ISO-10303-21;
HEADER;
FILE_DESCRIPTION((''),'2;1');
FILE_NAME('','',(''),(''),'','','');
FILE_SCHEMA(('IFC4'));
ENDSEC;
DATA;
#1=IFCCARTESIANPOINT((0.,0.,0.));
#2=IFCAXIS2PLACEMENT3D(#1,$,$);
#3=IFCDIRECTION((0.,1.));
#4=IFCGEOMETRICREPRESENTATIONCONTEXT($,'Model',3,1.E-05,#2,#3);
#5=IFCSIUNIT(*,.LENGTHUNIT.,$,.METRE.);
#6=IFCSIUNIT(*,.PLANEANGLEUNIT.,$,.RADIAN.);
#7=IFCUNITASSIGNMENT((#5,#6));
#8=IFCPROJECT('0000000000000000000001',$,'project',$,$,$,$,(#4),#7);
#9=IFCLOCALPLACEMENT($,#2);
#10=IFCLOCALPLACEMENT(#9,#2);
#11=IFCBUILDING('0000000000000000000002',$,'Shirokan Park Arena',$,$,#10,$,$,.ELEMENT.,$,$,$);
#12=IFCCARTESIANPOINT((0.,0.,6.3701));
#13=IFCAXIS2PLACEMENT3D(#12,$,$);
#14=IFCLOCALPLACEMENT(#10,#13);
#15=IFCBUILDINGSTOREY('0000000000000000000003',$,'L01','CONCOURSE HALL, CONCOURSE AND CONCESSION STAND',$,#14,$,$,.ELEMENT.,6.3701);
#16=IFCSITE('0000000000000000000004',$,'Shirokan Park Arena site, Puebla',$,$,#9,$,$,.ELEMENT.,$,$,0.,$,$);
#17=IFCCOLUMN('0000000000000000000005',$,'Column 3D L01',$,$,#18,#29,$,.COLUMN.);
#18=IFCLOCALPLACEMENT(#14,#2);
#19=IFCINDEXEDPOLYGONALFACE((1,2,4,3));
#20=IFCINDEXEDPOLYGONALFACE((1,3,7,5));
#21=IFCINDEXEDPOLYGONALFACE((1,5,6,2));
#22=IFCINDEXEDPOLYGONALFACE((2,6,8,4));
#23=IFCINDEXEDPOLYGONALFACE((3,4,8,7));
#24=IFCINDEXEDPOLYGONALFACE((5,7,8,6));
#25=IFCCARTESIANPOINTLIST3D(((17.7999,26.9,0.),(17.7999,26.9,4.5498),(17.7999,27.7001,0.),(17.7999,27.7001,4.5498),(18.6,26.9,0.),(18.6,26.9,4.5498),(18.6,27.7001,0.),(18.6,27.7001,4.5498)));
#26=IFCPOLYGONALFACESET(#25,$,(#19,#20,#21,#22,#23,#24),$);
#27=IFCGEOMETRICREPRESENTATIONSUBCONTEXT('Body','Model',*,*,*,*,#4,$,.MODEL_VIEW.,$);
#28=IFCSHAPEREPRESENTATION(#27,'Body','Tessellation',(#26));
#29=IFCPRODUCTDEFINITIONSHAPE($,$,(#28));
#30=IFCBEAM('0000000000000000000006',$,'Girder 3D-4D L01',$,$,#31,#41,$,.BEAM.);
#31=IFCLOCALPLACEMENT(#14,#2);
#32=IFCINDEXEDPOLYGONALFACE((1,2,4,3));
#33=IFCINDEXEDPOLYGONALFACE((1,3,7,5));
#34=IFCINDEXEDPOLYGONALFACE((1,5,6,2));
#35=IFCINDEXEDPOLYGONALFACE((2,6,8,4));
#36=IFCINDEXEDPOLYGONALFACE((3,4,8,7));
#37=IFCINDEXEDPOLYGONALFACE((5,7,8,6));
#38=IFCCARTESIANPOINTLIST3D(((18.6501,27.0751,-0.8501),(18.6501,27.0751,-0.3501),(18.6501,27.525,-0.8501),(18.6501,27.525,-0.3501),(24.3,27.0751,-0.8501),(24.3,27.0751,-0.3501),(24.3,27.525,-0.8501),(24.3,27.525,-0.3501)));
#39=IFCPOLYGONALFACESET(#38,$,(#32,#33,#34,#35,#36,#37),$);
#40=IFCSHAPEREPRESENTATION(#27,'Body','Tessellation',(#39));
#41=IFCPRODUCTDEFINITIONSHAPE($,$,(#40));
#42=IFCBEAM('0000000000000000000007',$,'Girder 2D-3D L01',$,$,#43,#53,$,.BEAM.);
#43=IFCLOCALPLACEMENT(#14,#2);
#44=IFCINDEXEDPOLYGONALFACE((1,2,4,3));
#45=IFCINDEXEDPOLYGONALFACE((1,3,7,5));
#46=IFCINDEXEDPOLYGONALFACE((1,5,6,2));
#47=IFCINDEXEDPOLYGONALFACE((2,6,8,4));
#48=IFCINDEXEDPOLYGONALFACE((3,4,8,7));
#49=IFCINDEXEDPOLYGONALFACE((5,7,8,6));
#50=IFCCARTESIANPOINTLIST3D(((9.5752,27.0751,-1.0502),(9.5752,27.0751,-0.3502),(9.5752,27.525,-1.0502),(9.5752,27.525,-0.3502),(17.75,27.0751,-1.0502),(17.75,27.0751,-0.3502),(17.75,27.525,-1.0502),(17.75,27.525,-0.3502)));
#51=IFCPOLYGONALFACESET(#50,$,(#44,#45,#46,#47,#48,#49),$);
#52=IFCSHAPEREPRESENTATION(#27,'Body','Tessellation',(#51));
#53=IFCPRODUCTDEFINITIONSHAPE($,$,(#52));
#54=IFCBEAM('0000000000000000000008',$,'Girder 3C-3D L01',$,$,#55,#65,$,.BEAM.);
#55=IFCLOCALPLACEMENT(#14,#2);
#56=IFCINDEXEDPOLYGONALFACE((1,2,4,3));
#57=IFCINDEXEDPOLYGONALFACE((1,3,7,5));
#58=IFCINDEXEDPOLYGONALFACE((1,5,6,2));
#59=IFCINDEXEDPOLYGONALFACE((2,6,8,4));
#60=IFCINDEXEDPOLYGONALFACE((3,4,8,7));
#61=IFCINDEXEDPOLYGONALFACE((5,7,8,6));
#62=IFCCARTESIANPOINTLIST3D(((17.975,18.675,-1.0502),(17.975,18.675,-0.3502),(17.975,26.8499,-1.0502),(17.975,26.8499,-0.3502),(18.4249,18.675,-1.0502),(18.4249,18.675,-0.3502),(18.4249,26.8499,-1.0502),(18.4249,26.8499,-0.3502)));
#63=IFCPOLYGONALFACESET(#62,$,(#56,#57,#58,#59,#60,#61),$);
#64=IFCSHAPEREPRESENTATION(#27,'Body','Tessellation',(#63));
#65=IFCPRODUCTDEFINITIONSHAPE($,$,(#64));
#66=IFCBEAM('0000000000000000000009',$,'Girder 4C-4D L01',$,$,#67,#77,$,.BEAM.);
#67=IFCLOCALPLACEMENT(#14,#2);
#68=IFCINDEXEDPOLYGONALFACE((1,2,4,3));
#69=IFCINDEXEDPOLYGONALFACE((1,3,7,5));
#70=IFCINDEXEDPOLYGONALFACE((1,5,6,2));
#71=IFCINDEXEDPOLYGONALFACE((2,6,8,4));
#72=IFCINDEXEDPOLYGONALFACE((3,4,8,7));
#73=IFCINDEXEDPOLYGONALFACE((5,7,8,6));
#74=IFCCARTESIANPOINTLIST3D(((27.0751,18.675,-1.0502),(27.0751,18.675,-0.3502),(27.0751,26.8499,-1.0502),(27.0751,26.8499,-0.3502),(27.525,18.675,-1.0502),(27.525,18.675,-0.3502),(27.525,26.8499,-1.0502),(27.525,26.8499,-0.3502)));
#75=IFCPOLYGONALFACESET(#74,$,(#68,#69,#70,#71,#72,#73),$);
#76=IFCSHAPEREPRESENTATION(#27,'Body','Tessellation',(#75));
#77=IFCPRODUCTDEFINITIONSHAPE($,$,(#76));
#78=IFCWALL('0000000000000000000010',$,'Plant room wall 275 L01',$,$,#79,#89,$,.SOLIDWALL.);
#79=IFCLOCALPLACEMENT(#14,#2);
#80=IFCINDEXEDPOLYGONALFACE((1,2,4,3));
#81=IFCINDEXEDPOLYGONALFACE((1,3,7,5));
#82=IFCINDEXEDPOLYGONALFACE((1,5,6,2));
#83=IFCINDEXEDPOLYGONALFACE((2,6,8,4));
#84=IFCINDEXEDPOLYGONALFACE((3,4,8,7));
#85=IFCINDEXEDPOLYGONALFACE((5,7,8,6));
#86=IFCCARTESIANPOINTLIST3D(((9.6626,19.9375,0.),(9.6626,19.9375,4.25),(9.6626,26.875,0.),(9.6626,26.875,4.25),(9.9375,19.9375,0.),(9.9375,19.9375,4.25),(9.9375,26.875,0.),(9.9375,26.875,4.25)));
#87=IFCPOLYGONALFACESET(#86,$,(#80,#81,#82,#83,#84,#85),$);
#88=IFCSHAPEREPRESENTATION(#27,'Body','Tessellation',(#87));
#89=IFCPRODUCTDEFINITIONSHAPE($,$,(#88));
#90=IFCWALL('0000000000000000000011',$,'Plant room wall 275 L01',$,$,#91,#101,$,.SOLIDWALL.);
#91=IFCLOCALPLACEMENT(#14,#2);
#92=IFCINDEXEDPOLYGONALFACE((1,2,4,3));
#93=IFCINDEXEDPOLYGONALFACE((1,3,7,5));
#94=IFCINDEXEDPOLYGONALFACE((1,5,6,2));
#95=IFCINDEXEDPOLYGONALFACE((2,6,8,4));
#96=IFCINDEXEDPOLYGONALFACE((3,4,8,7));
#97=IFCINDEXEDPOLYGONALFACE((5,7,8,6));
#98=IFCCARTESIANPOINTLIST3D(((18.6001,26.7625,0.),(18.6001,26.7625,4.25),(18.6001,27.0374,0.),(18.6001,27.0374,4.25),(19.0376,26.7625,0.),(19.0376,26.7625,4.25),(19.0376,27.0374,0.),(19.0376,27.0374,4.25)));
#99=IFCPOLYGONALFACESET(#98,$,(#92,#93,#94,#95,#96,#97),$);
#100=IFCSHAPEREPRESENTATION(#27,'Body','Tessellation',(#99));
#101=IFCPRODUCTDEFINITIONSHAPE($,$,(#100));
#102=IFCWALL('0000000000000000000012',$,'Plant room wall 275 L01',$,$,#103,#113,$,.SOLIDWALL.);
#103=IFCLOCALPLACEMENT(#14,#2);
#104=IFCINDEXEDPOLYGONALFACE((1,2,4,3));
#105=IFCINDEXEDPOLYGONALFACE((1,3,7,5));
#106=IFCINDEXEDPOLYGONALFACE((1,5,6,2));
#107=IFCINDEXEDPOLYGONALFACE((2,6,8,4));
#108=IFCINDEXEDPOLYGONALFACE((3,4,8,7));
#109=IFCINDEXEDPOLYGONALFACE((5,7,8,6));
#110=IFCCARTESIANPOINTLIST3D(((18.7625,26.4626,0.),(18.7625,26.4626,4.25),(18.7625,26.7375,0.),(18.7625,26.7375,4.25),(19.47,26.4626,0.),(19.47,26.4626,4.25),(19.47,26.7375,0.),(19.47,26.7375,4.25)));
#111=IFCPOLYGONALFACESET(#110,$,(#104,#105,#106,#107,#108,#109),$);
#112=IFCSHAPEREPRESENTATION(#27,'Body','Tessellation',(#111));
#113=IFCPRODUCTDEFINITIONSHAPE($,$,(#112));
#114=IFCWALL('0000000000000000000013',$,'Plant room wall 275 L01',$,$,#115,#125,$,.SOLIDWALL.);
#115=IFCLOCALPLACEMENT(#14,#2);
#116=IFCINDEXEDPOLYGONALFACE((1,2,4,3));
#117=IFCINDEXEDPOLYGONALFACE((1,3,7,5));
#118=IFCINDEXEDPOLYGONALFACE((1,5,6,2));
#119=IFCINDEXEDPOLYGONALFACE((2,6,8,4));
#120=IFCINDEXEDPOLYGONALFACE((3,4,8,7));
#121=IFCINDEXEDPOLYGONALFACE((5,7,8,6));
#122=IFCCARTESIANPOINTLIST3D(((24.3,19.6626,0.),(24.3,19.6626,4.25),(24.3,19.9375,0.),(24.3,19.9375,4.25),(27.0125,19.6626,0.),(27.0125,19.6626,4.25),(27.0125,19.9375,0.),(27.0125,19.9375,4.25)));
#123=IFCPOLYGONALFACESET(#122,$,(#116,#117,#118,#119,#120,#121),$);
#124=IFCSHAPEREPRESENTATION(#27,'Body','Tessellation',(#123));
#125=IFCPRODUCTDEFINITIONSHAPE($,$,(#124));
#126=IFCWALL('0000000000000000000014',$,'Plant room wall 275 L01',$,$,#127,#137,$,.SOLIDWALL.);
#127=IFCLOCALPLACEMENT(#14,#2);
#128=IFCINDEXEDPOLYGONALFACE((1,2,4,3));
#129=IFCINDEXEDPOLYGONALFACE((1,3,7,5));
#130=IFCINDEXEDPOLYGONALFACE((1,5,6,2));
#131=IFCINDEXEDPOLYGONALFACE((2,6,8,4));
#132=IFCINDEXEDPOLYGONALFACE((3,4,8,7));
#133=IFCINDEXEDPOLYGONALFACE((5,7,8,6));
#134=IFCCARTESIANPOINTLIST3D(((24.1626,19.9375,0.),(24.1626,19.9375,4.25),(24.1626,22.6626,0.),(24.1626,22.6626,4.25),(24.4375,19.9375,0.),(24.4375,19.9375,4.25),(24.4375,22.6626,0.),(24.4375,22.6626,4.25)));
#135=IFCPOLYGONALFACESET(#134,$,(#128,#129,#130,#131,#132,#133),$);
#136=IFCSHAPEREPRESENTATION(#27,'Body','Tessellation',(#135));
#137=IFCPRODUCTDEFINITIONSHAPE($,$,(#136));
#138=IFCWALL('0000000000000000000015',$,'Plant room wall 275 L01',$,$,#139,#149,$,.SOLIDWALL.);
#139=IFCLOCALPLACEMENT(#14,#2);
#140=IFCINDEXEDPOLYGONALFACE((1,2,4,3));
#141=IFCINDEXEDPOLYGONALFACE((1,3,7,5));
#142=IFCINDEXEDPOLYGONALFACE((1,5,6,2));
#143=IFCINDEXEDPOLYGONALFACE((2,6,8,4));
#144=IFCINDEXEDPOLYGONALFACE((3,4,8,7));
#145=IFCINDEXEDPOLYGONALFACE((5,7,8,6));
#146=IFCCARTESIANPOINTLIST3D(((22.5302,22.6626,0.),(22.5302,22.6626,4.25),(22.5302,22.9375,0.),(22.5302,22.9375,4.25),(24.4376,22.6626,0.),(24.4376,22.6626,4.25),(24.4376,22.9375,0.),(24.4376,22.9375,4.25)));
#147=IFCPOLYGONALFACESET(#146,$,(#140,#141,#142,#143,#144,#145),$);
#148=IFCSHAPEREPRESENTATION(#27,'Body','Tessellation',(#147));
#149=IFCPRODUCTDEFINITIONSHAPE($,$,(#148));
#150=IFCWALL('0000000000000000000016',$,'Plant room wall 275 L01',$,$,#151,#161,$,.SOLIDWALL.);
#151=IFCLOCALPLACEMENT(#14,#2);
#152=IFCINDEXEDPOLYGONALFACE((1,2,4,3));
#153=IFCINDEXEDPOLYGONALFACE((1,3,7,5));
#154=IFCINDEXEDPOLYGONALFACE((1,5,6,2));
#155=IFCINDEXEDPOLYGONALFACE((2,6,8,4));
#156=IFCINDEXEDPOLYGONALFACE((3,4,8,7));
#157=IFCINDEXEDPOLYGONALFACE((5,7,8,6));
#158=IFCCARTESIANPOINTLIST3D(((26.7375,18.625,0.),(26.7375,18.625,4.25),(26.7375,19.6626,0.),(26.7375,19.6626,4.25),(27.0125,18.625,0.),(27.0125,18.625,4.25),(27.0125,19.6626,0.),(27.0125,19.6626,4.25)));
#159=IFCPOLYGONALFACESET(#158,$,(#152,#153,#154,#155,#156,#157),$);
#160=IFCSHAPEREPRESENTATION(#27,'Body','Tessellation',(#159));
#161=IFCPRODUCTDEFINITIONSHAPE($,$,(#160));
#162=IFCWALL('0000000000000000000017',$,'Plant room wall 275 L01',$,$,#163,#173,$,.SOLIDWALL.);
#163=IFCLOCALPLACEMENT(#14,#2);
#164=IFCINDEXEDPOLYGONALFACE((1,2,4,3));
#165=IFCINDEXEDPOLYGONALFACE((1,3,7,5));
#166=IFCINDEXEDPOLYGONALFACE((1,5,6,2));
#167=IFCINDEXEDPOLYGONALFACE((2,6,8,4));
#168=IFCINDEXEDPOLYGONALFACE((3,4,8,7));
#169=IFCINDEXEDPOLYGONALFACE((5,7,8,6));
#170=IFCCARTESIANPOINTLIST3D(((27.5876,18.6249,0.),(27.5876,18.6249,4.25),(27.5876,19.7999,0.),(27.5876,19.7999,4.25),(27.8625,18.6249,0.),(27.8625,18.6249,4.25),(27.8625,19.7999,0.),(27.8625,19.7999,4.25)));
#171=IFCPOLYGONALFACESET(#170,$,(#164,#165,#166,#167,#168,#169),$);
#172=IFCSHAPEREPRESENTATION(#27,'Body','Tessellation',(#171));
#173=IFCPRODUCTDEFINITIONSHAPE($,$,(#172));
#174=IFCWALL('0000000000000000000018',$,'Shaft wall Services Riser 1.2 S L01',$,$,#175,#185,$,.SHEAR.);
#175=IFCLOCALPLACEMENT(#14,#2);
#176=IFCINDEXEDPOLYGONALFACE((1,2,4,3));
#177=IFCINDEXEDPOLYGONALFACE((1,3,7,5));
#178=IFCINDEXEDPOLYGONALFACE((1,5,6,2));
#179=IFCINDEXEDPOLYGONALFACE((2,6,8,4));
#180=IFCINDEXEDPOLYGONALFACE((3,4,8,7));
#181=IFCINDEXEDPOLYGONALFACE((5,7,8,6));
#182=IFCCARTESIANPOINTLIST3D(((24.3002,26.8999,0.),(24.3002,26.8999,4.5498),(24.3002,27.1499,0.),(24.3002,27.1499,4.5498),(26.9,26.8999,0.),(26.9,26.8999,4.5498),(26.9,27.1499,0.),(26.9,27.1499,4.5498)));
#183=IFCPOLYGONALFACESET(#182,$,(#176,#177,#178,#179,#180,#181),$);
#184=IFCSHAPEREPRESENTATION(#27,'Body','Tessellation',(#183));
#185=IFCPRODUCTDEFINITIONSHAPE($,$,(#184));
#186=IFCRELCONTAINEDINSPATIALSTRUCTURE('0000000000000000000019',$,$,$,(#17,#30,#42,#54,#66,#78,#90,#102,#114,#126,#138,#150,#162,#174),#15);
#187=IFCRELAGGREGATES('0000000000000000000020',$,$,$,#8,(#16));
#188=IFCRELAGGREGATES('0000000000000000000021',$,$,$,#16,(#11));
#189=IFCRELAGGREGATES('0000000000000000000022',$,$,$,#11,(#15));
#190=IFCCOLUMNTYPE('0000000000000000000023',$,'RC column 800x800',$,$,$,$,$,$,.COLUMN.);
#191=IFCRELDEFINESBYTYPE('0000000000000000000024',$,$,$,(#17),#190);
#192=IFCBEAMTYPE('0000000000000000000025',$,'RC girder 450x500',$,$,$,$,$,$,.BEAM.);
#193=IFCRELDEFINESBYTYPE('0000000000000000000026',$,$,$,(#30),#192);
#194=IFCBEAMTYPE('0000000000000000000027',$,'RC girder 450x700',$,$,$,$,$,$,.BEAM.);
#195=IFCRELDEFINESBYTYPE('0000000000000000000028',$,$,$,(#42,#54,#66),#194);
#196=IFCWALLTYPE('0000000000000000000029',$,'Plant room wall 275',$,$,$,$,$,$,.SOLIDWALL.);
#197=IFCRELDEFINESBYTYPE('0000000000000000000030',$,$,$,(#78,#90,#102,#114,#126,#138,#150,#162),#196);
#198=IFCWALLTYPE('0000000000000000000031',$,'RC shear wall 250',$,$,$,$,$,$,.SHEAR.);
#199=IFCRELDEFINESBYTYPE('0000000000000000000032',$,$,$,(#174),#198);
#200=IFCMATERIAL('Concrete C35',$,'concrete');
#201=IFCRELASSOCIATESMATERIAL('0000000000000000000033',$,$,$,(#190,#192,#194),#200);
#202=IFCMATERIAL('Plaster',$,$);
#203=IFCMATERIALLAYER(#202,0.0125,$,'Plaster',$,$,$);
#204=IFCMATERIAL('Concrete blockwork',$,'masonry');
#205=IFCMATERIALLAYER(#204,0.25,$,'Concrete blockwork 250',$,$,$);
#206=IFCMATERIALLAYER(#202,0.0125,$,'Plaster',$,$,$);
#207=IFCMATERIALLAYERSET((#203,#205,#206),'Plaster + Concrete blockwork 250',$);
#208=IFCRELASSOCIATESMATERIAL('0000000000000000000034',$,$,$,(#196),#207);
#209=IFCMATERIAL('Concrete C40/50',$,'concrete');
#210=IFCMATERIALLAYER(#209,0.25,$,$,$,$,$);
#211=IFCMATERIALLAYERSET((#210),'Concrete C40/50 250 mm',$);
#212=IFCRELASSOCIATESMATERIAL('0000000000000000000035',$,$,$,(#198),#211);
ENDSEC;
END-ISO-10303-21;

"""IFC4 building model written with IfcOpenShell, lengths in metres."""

from ifc_helpers import new_model, si_unit, direction, frame, frame_2d, origin, origin_2d, place, context, subcontext, project, spatial, rectangle, extrude, material, layer, layer_set, material_profile, profile_set, type_object, element, save


model = new_model("IFC4")

# Units and contexts
model_context = context("Model", 3, precision=1e-05, world=origin(), true_north=direction((0.0, 1.0)))
body_context = subcontext(model_context, "Body", "Model", "MODEL_VIEW")
ifc_project = project(units=[si_unit("LENGTHUNIT", "METRE"), si_unit("PLANEANGLEUNIT", "RADIAN")], contexts=[model_context])

# Site, building, storey
site_placement = place(None, origin())
site = spatial("IfcSite", under=ifc_project, at=site_placement, Name="Shirokan Park Arena site, Puebla", CompositionType="ELEMENT", RefElevation=0.0)
building_placement = place(site_placement, origin())
building = spatial("IfcBuilding", under=site, at=building_placement, Name="Shirokan Park Arena", CompositionType="ELEMENT")
storey_placement = place(building_placement, frame((0.0, 0.0, 6.3701)))
storey = spatial("IfcBuildingStorey", under=building, at=storey_placement, Name="L01", Description="CONCOURSE HALL, CONCOURSE AND CONCESSION STAND", CompositionType="ELEMENT", Elevation=6.3701)

# Column
ifc_material_1 = material(Name="Concrete C35", Category="concrete")
ifc_material_profile_1 = material_profile(ifc_material_1, rectangle(XDim=0.8, YDim=0.8, at=origin_2d()), Name="800x800")
ifc_profile_set_1 = profile_set([ifc_material_profile_1], Name="Concrete C35")
column_type = type_object("IfcColumnType", Name="RC column 800x800", PredefinedType="COLUMN", material=ifc_profile_set_1)
column_placement = place(storey_placement, frame((18.2, 27.3, 0.0), z_axis=(0.0, 0.0, 1.0), x_axis=(1.0, 0.0, 0.0)))
element("IfcColumn", 1, at=column_placement, inside=storey, type_object=column_type, Name="Column 3D L01", PredefinedType="COLUMN", context=body_context, shape_type="SweptSolid", body=[
    extrude(rectangle(XDim=0.8, YDim=0.8, at=origin_2d()), origin(), (0.0, 0.0, 1.0), 4.5498),
])

# Beams
ifc_material_profile_2 = material_profile(ifc_material_1, rectangle(XDim=0.45, YDim=0.5, at=origin_2d()), Name="450x500")
ifc_profile_set_2 = profile_set([ifc_material_profile_2], Name="Concrete C35")
beam_type_1 = type_object("IfcBeamType", Name="RC girder 450x500", PredefinedType="BEAM", material=ifc_profile_set_2)
beam_placement = place(storey_placement, frame((18.6501, 27.3, -0.6001), z_axis=(1.0, 0.0, 0.0), x_axis=(0.0, 1.0, 0.0)))
element("IfcBeam", 2, at=beam_placement, inside=storey, type_object=beam_type_1, Name="Girder 3D-4D L01", PredefinedType="BEAM", context=body_context, shape_type="SweptSolid", body=[
    extrude(rectangle(XDim=0.45, YDim=0.5, at=origin_2d()), origin(), (0.0, 0.0, 1.0), 5.6499),
])
ifc_material_profile_3 = material_profile(ifc_material_1, rectangle(XDim=0.45, YDim=0.7, at=origin_2d()), Name="450x700")
ifc_profile_set_3 = profile_set([ifc_material_profile_3], Name="Concrete C35")
beam_type_2 = type_object("IfcBeamType", Name="RC girder 450x700", PredefinedType="BEAM", material=ifc_profile_set_3)
for number, where, z_axis, x_axis, name in (
    (3, (9.5752, 27.3, -0.7002), (1.0, 0.0, 0.0), (0.0, 1.0, 0.0), "Girder 2D-3D L01"),
    (4, (18.2, 18.675, -0.7002), (0.0, 1.0, 0.0), (-1.0, 0.0, 0.0), "Girder 3C-3D L01"),
    (5, (27.3, 18.675, -0.7002), (0.0, 1.0, 0.0), (-1.0, 0.0, 0.0), "Girder 4C-4D L01"),
):
    element("IfcBeam", number, at=place(storey_placement, frame(where, z_axis=z_axis, x_axis=x_axis)), inside=storey, type_object=beam_type_2, Name=name, PredefinedType="BEAM", context=body_context, shape_type="SweptSolid", body=[
        extrude(rectangle(XDim=0.45, YDim=0.7, at=origin_2d()), origin(), (0.0, 0.0, 1.0), 8.1748),
    ])

# Shared definitions
ifc_material_2 = material(Name="Plaster")
ifc_layer_1 = layer(ifc_material_2, 0.0125, Name="Plaster")
ifc_material_3 = material(Name="Concrete blockwork", Category="masonry")
ifc_layer_2 = layer(ifc_material_3, 0.25, Name="Concrete blockwork 250")
ifc_layer_3 = layer(ifc_material_2, 0.0125, Name="Plaster")
ifc_layer_set_1 = layer_set([ifc_layer_1, ifc_layer_2, ifc_layer_3], Name="Plaster + Concrete blockwork 250")
wall_type_1 = type_object("IfcWallType", Name="Plant room wall 275", PredefinedType="SOLIDWALL", material=ifc_layer_set_1)

# Walls
wall_1_placement = place(storey_placement, frame((9.8, 19.9375, 0.0), z_axis=(0.0, 0.0, 1.0), x_axis=(0.0, 1.0, 0.0)))
element("IfcWall", 6, at=wall_1_placement, inside=storey, type_object=wall_type_1, Name="Plant room wall 275 L01", PredefinedType="SOLIDWALL", context=body_context, shape_type="SweptSolid", body=[
    extrude(rectangle(XDim=6.9375, YDim=0.2749, at=frame_2d((3.4688, 0.0))), origin(), (0.0, 0.0, 1.0), 4.25),
])
wall_2_placement = place(storey_placement, frame((18.6001, 26.8999, 0.0), z_axis=(0.0, 0.0, 1.0), x_axis=(1.0, 0.0, 0.0)))
element("IfcWall", 7, at=wall_2_placement, inside=storey, type_object=wall_type_1, Name="Plant room wall 275 L01", PredefinedType="SOLIDWALL", context=body_context, shape_type="SweptSolid", body=[
    extrude(rectangle(XDim=0.4375, YDim=0.2749, at=frame_2d((0.2188, 0.0))), origin(), (0.0, 0.0, 1.0), 4.25),
])
wall_3_placement = place(storey_placement, frame((19.47, 26.6001, 0.0), z_axis=(0.0, 0.0, 1.0), x_axis=(-1.0, 0.0, 0.0)))
element("IfcWall", 8, at=wall_3_placement, inside=storey, type_object=wall_type_1, Name="Plant room wall 275 L01", PredefinedType="SOLIDWALL", context=body_context, shape_type="SweptSolid", body=[
    extrude(rectangle(XDim=0.7075, YDim=0.2749, at=frame_2d((0.3538, 0.0))), origin(), (0.0, 0.0, 1.0), 4.25),
])
wall_4_placement = place(storey_placement, frame((24.3, 19.8, 0.0), z_axis=(0.0, 0.0, 1.0), x_axis=(1.0, 0.0, 0.0)))
element("IfcWall", 9, at=wall_4_placement, inside=storey, type_object=wall_type_1, Name="Plant room wall 275 L01", PredefinedType="SOLIDWALL", context=body_context, shape_type="SweptSolid", body=[
    extrude(rectangle(XDim=2.7124, YDim=0.2749, at=frame_2d((1.3562, 0.0))), origin(), (0.0, 0.0, 1.0), 4.25),
])
wall_5_placement = place(storey_placement, frame((24.3, 19.9375, 0.0), z_axis=(0.0, 0.0, 1.0), x_axis=(0.0, 1.0, 0.0)))
element("IfcWall", 10, at=wall_5_placement, inside=storey, type_object=wall_type_1, Name="Plant room wall 275 L01", PredefinedType="SOLIDWALL", context=body_context, shape_type="SweptSolid", body=[
    extrude(rectangle(XDim=2.7251, YDim=0.2749, at=frame_2d((1.3625, 0.0))), origin(), (0.0, 0.0, 1.0), 4.25),
])
wall_6_placement = place(storey_placement, frame((24.4375, 22.8, 0.0), z_axis=(0.0, 0.0, 1.0), x_axis=(-1.0, 0.0, 0.0)))
element("IfcWall", 11, at=wall_6_placement, inside=storey, type_object=wall_type_1, Name="Plant room wall 275 L01", PredefinedType="SOLIDWALL", context=body_context, shape_type="SweptSolid", body=[
    extrude(rectangle(XDim=1.9075, YDim=0.2749, at=frame_2d((0.9536, 0.0))), origin(), (0.0, 0.0, 1.0), 4.25),
])
wall_7_placement = place(storey_placement, frame((26.875, 19.6626, 0.0), z_axis=(0.0, 0.0, 1.0), x_axis=(0.0, -1.0, 0.0)))
element("IfcWall", 12, at=wall_7_placement, inside=storey, type_object=wall_type_1, Name="Plant room wall 275 L01", PredefinedType="SOLIDWALL", context=body_context, shape_type="SweptSolid", body=[
    extrude(rectangle(XDim=1.0376, YDim=0.2749, at=frame_2d((0.5188, 0.0))), origin(), (0.0, 0.0, 1.0), 4.25),
])
wall_8_placement = place(storey_placement, frame((27.7251, 18.625, 0.0), z_axis=(0.0, 0.0, 1.0), x_axis=(0.0, 1.0, 0.0)))
element("IfcWall", 13, at=wall_8_placement, inside=storey, type_object=wall_type_1, Name="Plant room wall 275 L01", PredefinedType="SOLIDWALL", context=body_context, shape_type="SweptSolid", body=[
    extrude(rectangle(XDim=1.175, YDim=0.2749, at=frame_2d((0.5874, 0.0))), origin(), (0.0, 0.0, 1.0), 4.25),
])

# Wall
ifc_material_4 = material(Name="Concrete C40/50", Category="concrete")
ifc_layer_4 = layer(ifc_material_4, 0.25)
ifc_layer_set_2 = layer_set([ifc_layer_4], Name="Concrete C40/50 250 mm")
wall_type_2 = type_object("IfcWallType", Name="RC shear wall 250", PredefinedType="SHEAR", material=ifc_layer_set_2)
wall_9_placement = place(storey_placement, frame((26.8999, 27.0249, 0.0), z_axis=(0.0, 0.0, 1.0), x_axis=(-1.0, 0.0, 0.0)))
element("IfcWall", 14, at=wall_9_placement, inside=storey, type_object=wall_type_2, Name="Shaft wall Services Riser 1.2 S L01", PredefinedType="SHEAR", context=body_context, shape_type="SweptSolid", body=[
    extrude(rectangle(XDim=2.5999, YDim=0.25, at=frame_2d((1.2998, 0.0))), origin(), (0.0, 0.0, 1.0), 4.5498),
])

save(model, "model.ifc")
